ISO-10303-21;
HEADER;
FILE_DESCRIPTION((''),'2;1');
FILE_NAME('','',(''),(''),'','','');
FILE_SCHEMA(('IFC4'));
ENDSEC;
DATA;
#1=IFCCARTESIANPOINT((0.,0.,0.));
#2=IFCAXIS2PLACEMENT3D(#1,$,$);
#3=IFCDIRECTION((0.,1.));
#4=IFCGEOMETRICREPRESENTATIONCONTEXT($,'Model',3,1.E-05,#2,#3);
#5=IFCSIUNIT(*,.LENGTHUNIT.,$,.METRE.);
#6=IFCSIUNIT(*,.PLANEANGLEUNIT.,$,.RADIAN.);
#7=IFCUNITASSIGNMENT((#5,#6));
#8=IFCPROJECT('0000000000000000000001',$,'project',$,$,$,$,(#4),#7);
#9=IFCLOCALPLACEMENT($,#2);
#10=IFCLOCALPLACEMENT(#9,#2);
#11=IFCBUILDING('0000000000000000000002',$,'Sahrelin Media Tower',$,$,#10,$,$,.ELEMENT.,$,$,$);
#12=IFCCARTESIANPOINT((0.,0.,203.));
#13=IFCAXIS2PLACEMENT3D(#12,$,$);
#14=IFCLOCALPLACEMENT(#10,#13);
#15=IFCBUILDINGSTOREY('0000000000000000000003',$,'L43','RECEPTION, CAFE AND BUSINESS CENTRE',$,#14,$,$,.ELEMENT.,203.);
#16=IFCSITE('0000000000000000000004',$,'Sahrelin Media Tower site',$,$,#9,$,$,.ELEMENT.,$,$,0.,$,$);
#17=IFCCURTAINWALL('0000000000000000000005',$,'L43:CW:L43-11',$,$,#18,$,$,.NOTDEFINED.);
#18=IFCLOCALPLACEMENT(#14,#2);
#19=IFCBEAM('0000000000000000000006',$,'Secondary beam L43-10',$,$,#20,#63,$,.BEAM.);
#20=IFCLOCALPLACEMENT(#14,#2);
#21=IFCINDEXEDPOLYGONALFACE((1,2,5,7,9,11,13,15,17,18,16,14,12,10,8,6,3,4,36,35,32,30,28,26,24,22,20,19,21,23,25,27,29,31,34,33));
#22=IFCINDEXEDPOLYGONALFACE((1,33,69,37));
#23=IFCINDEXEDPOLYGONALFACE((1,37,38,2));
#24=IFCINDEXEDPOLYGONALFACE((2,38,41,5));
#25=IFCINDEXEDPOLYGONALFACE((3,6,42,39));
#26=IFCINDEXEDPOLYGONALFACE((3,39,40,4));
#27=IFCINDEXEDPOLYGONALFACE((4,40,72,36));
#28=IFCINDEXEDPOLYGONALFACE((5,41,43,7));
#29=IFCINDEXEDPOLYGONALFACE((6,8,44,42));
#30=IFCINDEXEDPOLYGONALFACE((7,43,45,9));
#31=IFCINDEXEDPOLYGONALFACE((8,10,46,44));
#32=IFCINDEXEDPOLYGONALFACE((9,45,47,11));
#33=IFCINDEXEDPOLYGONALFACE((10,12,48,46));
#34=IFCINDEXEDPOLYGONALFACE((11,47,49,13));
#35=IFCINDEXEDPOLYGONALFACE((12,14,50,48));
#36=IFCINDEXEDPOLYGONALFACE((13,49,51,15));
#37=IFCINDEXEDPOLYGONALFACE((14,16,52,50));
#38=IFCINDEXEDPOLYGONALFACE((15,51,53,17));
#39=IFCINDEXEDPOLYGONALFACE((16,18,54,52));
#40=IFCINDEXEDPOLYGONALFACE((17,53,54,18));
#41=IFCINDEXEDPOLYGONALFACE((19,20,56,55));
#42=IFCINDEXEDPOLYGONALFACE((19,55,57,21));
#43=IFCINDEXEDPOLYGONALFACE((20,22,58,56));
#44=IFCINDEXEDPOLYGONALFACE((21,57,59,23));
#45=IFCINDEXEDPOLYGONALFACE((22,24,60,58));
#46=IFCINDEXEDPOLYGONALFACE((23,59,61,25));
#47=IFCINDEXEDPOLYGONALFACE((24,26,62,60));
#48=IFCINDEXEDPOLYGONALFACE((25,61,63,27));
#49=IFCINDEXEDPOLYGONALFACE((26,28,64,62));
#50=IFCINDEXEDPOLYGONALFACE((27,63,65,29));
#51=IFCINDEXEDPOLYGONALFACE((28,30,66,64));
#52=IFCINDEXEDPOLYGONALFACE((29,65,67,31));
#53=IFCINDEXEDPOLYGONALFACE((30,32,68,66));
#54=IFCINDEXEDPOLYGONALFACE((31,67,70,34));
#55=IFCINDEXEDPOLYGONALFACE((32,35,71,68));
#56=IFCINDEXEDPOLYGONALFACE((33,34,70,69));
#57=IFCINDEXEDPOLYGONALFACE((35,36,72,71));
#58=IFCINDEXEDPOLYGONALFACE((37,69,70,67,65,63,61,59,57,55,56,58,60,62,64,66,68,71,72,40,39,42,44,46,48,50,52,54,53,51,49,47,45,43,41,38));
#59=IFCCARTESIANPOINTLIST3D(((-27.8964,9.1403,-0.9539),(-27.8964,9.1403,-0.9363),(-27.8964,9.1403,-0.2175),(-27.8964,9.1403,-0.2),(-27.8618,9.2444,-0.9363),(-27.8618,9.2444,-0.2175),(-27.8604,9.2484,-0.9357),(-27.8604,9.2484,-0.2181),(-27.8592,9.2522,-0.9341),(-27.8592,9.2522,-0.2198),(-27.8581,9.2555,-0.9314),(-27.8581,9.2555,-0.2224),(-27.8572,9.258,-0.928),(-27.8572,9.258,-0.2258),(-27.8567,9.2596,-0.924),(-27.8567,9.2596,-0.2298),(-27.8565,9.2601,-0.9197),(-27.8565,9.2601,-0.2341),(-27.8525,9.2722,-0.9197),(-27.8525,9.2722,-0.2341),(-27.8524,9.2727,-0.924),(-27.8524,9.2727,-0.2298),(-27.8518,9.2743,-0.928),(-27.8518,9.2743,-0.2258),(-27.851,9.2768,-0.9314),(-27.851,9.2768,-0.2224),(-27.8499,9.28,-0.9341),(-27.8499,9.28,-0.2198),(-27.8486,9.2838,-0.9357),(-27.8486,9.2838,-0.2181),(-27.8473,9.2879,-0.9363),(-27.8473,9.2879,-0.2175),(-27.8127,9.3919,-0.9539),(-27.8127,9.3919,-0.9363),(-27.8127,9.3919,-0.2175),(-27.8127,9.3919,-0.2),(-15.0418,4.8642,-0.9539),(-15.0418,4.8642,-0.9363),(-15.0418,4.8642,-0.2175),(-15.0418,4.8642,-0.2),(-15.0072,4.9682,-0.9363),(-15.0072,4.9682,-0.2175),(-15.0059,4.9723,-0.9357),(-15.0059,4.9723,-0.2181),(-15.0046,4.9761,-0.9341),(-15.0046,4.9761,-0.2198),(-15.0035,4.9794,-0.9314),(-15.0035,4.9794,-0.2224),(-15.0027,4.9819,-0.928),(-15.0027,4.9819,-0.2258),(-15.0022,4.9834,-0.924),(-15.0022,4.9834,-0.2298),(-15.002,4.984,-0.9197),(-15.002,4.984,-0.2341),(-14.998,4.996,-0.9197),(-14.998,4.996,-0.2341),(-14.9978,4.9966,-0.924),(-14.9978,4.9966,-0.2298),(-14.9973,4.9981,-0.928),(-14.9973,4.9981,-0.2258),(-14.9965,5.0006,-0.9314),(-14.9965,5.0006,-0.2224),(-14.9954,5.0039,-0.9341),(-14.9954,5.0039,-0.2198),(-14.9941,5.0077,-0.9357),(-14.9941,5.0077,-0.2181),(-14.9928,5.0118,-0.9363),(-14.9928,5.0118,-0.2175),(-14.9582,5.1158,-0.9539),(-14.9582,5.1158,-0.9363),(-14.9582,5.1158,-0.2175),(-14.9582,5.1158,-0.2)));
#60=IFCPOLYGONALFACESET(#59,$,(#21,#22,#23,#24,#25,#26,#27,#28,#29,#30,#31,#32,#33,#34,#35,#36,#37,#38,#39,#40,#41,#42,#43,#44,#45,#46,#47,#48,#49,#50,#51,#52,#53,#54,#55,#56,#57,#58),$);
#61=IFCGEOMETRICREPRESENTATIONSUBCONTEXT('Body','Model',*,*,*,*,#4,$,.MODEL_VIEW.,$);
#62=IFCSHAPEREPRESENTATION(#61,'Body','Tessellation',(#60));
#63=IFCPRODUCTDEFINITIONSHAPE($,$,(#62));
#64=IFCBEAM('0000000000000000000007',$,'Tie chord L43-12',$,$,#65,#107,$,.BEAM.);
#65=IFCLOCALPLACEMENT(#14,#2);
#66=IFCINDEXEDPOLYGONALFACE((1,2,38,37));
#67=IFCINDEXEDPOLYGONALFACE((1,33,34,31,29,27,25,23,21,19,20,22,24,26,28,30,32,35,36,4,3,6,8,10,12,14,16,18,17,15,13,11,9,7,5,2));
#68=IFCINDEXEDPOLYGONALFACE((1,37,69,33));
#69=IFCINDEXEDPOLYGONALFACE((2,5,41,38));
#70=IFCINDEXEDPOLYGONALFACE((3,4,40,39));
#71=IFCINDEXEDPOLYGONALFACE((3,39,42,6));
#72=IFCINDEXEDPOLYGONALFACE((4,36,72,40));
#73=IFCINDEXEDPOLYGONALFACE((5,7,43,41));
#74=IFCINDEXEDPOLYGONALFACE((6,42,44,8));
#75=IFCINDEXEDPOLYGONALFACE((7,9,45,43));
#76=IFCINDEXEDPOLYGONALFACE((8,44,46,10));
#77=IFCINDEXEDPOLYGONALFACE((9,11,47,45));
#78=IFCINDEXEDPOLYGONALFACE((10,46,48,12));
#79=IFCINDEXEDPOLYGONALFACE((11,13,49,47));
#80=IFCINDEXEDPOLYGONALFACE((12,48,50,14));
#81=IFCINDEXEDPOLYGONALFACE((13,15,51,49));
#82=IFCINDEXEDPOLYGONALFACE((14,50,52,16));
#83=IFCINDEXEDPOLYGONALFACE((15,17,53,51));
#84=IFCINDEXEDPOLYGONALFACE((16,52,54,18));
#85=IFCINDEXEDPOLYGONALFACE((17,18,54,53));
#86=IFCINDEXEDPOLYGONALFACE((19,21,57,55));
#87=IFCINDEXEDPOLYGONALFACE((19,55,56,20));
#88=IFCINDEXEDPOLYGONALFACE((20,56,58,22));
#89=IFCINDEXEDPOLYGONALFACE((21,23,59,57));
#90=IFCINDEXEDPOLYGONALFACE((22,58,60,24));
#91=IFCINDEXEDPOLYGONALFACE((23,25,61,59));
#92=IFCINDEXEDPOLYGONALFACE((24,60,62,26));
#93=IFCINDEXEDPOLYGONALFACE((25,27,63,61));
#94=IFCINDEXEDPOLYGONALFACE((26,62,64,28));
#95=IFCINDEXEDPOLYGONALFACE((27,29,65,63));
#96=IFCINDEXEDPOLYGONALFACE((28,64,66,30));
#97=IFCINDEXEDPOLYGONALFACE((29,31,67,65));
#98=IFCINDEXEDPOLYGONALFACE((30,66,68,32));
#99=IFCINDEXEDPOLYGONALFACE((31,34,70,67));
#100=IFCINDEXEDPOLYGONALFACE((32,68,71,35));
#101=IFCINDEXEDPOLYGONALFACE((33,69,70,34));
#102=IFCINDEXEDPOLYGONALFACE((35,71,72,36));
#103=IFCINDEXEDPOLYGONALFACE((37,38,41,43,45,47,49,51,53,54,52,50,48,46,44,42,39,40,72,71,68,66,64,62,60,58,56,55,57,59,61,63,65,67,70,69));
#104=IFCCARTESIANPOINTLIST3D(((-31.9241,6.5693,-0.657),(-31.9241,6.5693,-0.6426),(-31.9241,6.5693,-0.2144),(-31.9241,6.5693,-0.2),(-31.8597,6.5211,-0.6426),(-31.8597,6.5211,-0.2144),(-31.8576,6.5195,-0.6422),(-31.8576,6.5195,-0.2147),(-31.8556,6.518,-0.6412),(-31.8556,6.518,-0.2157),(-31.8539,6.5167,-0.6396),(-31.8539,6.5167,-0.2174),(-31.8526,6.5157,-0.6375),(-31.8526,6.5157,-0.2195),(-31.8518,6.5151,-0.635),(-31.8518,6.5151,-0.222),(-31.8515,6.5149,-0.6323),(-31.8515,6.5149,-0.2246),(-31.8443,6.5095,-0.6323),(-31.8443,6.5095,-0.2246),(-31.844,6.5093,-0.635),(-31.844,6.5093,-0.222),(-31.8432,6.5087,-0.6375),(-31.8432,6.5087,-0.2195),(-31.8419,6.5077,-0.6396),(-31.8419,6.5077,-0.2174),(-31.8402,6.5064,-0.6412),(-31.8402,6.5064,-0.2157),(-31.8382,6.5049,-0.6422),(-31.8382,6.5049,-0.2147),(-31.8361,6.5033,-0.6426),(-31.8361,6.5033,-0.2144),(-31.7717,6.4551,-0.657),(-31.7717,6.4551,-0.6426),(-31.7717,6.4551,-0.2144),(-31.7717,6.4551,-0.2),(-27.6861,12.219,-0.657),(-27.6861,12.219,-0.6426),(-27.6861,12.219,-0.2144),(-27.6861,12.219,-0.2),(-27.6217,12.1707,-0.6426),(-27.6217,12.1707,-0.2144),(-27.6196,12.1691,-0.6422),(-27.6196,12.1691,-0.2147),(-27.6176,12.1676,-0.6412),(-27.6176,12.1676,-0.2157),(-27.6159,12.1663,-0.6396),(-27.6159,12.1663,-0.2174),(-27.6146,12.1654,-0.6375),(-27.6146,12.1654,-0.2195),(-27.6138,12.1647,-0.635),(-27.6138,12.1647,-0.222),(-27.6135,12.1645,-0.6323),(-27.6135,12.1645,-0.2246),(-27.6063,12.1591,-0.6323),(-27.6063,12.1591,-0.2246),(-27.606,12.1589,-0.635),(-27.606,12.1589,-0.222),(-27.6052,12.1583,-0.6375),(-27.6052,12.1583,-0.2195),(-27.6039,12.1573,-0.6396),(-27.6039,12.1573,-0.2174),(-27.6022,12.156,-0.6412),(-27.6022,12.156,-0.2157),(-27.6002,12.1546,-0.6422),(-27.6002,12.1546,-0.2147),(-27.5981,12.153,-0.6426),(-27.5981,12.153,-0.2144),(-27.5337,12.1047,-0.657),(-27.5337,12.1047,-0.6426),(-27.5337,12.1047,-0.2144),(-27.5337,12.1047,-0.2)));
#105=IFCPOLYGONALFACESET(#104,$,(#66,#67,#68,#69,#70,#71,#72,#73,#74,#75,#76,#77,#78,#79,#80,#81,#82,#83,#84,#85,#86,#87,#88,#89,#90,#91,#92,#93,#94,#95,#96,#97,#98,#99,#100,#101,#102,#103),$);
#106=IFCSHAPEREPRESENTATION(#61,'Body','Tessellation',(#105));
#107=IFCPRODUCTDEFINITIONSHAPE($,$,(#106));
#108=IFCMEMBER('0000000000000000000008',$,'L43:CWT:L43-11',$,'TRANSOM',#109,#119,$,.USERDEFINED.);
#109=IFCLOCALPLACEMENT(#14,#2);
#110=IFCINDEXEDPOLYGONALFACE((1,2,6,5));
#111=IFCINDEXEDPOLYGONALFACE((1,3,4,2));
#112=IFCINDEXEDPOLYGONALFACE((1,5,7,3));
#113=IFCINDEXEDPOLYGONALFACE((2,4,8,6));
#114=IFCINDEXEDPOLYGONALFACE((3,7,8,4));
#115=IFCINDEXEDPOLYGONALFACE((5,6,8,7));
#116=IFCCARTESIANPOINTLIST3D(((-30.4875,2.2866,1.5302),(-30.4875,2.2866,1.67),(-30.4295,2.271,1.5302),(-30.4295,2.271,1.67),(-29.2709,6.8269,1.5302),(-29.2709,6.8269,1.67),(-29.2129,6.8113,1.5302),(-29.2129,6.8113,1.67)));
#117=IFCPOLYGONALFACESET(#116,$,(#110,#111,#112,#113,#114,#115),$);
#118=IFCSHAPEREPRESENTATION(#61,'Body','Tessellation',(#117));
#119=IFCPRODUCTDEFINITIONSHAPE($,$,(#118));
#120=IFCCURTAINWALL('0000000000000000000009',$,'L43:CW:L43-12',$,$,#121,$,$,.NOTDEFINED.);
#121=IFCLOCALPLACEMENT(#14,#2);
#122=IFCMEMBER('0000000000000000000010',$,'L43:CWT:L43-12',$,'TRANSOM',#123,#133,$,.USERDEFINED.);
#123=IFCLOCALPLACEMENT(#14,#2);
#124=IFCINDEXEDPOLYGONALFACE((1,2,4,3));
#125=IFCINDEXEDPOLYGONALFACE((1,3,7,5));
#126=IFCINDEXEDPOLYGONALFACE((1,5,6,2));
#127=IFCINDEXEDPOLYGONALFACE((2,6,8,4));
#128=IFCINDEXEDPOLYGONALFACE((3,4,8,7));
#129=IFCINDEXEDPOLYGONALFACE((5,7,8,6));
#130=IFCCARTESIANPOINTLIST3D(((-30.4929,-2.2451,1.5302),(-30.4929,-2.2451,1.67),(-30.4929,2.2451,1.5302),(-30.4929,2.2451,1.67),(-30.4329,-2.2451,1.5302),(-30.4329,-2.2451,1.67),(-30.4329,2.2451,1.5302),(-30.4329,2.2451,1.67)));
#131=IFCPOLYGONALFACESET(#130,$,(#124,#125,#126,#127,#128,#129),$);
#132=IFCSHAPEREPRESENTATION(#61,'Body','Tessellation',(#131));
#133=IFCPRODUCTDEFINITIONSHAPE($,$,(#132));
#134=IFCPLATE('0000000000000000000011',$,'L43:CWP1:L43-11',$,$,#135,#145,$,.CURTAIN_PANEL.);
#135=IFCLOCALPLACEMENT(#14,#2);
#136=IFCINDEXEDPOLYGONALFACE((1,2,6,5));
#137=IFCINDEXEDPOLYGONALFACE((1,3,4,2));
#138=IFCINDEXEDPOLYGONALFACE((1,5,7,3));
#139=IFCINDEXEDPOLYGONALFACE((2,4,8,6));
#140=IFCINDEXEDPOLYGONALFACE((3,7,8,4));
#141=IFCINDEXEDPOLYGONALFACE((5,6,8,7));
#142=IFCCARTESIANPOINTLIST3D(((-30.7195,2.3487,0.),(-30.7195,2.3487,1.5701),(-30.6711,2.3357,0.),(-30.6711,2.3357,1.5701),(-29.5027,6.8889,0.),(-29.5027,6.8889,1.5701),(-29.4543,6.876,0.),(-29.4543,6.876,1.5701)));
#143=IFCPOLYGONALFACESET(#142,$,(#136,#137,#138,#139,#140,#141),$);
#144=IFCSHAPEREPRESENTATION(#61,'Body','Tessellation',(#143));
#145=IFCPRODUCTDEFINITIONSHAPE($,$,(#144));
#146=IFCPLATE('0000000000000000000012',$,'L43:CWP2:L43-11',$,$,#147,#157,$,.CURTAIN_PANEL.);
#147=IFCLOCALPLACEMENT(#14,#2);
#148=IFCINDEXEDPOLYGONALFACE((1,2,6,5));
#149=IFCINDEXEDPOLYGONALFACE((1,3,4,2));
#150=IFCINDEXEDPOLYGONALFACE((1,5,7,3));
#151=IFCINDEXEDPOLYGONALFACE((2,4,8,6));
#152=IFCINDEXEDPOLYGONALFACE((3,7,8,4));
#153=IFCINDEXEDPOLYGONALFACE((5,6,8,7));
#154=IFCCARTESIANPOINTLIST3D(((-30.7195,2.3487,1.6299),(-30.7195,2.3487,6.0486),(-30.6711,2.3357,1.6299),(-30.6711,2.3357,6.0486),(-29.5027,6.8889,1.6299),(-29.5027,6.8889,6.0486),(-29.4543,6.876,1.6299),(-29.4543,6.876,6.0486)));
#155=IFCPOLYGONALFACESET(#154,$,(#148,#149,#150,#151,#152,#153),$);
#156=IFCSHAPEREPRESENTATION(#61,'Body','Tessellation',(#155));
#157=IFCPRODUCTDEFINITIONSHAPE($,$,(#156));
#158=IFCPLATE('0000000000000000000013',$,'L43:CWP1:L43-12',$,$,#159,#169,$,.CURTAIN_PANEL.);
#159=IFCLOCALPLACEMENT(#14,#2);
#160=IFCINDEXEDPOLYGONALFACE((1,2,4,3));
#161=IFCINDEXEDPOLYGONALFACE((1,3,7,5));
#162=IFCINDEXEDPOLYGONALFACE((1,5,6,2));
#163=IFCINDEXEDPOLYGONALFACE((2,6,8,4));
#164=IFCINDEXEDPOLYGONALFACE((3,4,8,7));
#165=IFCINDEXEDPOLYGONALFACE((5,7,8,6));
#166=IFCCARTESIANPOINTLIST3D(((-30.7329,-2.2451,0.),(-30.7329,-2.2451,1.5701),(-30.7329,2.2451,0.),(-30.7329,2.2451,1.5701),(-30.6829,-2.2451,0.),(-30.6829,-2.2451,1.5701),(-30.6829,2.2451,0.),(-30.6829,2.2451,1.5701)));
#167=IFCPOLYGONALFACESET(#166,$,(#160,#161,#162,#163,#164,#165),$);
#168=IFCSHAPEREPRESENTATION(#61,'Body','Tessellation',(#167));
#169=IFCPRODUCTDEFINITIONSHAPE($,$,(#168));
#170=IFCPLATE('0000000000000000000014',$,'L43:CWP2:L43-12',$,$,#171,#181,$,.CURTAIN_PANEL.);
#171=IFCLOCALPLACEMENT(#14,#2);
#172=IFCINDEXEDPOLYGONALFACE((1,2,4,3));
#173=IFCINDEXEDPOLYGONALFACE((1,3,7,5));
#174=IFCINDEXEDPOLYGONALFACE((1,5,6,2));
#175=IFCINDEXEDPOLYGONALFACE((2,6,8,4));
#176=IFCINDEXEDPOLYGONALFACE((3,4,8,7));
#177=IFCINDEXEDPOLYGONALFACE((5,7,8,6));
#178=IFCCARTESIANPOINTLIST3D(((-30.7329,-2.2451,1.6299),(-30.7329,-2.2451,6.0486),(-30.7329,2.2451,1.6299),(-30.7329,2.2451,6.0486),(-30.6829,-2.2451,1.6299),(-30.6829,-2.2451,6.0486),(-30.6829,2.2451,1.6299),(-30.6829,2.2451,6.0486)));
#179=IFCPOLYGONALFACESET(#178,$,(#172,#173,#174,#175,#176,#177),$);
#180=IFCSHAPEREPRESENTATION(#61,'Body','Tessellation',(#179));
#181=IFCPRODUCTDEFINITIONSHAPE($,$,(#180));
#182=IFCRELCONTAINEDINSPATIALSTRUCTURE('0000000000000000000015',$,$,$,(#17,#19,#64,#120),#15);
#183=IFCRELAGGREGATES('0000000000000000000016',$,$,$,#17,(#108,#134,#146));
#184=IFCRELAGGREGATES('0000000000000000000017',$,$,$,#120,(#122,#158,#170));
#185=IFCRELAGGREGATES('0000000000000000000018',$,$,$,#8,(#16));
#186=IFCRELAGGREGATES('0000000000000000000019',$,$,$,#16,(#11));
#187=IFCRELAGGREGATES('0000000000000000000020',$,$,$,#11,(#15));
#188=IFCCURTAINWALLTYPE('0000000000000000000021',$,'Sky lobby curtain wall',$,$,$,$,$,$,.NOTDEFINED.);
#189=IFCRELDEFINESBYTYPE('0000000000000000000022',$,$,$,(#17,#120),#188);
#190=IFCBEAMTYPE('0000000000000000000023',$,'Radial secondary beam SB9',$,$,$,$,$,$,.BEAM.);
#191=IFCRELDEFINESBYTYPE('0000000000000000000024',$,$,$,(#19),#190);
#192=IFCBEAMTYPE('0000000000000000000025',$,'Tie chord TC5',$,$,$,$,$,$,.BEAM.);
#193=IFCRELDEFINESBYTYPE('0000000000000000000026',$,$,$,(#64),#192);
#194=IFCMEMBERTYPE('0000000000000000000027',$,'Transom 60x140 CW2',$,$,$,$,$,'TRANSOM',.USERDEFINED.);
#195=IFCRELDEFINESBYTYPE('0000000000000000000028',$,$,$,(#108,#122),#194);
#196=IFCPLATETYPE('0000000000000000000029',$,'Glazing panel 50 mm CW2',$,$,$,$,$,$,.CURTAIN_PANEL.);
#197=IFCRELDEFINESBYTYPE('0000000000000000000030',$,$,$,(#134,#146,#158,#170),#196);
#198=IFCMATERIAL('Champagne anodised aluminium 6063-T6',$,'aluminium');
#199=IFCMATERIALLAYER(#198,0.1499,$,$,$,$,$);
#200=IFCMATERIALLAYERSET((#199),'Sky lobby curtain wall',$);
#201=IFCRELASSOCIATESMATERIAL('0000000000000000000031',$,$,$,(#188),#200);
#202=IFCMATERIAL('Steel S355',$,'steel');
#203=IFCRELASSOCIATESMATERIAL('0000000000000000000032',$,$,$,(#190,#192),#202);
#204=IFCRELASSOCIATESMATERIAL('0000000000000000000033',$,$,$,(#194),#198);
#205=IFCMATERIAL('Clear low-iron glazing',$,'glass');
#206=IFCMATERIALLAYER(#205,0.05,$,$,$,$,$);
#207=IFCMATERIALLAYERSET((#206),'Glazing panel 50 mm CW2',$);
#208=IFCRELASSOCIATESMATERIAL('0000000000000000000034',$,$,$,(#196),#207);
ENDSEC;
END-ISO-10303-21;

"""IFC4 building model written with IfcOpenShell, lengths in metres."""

from ifc_helpers import new_model, si_unit, direction, frame, origin, origin_2d, place, context, subcontext, project, spatial, polyline, rectangle, i_section, outline, extrude, material, layer, layer_set, material_profile, profile_set, type_object, element, aggregate, save


model = new_model("IFC4")

# Units and contexts
model_context = context("Model", 3, precision=1e-05, world=origin(), true_north=direction((0.0, 1.0)))
body_context = subcontext(model_context, "Body", "Model", "MODEL_VIEW")
ifc_project = project(units=[si_unit("LENGTHUNIT", "METRE"), si_unit("PLANEANGLEUNIT", "RADIAN")], contexts=[model_context])

# Site, building, storey
site_placement = place(None, origin())
site = spatial("IfcSite", under=ifc_project, at=site_placement, Name="Sahrelin Media Tower site", CompositionType="ELEMENT", RefElevation=0.0)
building_placement = place(site_placement, origin())
building = spatial("IfcBuilding", under=site, at=building_placement, Name="Sahrelin Media Tower", CompositionType="ELEMENT")
storey_placement = place(building_placement, frame((0.0, 0.0, 203.0)))
storey = spatial("IfcBuildingStorey", under=building, at=storey_placement, Name="L43", Description="RECEPTION, CAFE AND BUSINESS CENTRE", CompositionType="ELEMENT", Elevation=203.0)

# Shared definitions
ifc_material_1 = material(Name="Steel S355", Category="steel")

# Curtain wall
ifc_material_2 = material(Name="Champagne anodised aluminium 6063-T6", Category="aluminium")
ifc_layer_1 = layer(ifc_material_2, 0.1499)
ifc_layer_set_1 = layer_set([ifc_layer_1], Name="Sky lobby curtain wall")
curtain_wall_type = type_object("IfcCurtainWallType", Name="Sky lobby curtain wall", PredefinedType="NOTDEFINED", material=ifc_layer_set_1)
curtain_wall_1_placement = place(storey_placement, frame((-30.0918, 4.6135, 0.0), z_axis=(0.0, 0.0, 1.0), x_axis=(1.0, 0.0, 0.0)))
curtain_wall_1 = element("IfcCurtainWall", 1, at=curtain_wall_1_placement, inside=storey, type_object=curtain_wall_type, Name="L43:CW:L43-11", PredefinedType="NOTDEFINED")

# Beams
ifc_material_profile_1 = material_profile(ifc_material_1, i_section(OverallWidth=0.2651, OverallDepth=0.7539, WebThickness=0.0127, FlangeThickness=0.0176, FilletRadius=0.0166, at=origin_2d()), Name="UB 762x267x147")
ifc_profile_set_1 = profile_set([ifc_material_profile_1], Name="Steel S355")
beam_type_1 = type_object("IfcBeamType", Name="Radial secondary beam SB9", PredefinedType="BEAM", material=ifc_profile_set_1)
beam_1_placement = place(storey_placement, frame((-15.0, 4.99, -0.5769), z_axis=(-0.948876, 0.315649, 0.0), x_axis=(-0.315649, -0.948876, 0.0)))
element("IfcBeam", 2, at=beam_1_placement, inside=storey, type_object=beam_type_1, Name="Secondary beam L43-10", PredefinedType="BEAM", context=body_context, shape_type="SweptSolid", body=[
    extrude(i_section(OverallWidth=0.2651, OverallDepth=0.7539, WebThickness=0.0127, FlangeThickness=0.0176, FilletRadius=0.0166, at=origin_2d()), origin(), (0.0, 0.0, 1.0), 13.5471),
])
ifc_material_profile_2 = material_profile(ifc_material_1, i_section(OverallWidth=0.1904, OverallDepth=0.457, WebThickness=0.009, FlangeThickness=0.0144, FilletRadius=0.0103, at=origin_2d()), Name="UB 457x191x74")
ifc_profile_set_2 = profile_set([ifc_material_profile_2], Name="Steel S355")
beam_type_2 = type_object("IfcBeamType", Name="Tie chord TC5", PredefinedType="BEAM", material=ifc_profile_set_2)
beam_2_placement = place(storey_placement, frame((-31.8479, 6.5122, -0.4285), z_axis=(0.600072, 0.799946, 0.0), x_axis=(-0.799946, 0.600072, 0.0)))
element("IfcBeam", 3, at=beam_2_placement, inside=storey, type_object=beam_type_2, Name="Tie chord L43-12", PredefinedType="BEAM", context=body_context, shape_type="SweptSolid", body=[
    extrude(i_section(OverallWidth=0.1904, OverallDepth=0.457, WebThickness=0.009, FlangeThickness=0.0144, FilletRadius=0.0103, at=origin_2d()), origin(), (0.0, 0.0, 1.0), 7.0625),
])

# Member
ifc_material_profile_3 = material_profile(ifc_material_2, rectangle(XDim=0.0601, YDim=0.1399, at=origin_2d()), Name="Transom 60x140")
ifc_profile_set_3 = profile_set([ifc_material_profile_3], Name="Champagne anodised aluminium 6063-T6")
member_type_1 = type_object("IfcMemberType", Name="Transom 60x140 CW2", ElementType="TRANSOM", PredefinedType="USERDEFINED", material=ifc_profile_set_3)
member_1_placement = place(storey_placement, frame((-29.2419, 6.8191, 1.6001), z_axis=(-0.258817, -0.965926, 0.0), x_axis=(0.965926, -0.258817, 0.0)))
member_1 = element("IfcMember", 4, at=member_1_placement, type_object=member_type_1, Name="L43:CWT:L43-11", ObjectType="TRANSOM", PredefinedType="USERDEFINED", context=body_context, shape_type="SweptSolid", body=[
    extrude(rectangle(XDim=0.0601, YDim=0.1399, at=origin_2d()), origin(), (0.0, 0.0, 1.0), 4.7004),
])

# Curtain wall, member
curtain_wall_2_placement = place(storey_placement, frame((-30.7129, 0.0, 0.0), z_axis=(0.0, 0.0, 1.0), x_axis=(1.0, 0.0, 0.0)))
curtain_wall_2 = element("IfcCurtainWall", 5, at=curtain_wall_2_placement, inside=storey, type_object=curtain_wall_type, Name="L43:CW:L43-12", PredefinedType="NOTDEFINED")
member_2_placement = place(storey_placement, frame((-30.4629, 2.2451, 1.6001), z_axis=(0.0, -1.0, 0.0), x_axis=(1.0, 0.0, 0.0)))
member_2 = element("IfcMember", 6, at=member_2_placement, type_object=member_type_1, Name="L43:CWT:L43-12", ObjectType="TRANSOM", PredefinedType="USERDEFINED", context=body_context, shape_type="SweptSolid", body=[
    extrude(rectangle(XDim=0.0601, YDim=0.1399, at=origin_2d()), origin(), (0.0, 0.0, 1.0), 4.4902),
])

# Plates
ifc_material_3 = material(Name="Clear low-iron glazing", Category="glass")
ifc_layer_2 = layer(ifc_material_3, 0.05)
ifc_layer_set_2 = layer_set([ifc_layer_2], Name="Glazing panel 50 mm CW2")
plate_type = type_object("IfcPlateType", Name="Glazing panel 50 mm CW2", PredefinedType="CURTAIN_PANEL", material=ifc_layer_set_2)
plate_1_placement = place(storey_placement, frame((-29.5027, 6.8889, 0.0), z_axis=(-0.965914, 0.258865, 0.0), x_axis=(-0.258865, -0.965914, 0.0)))
plate_1 = element("IfcPlate", 7, at=plate_1_placement, type_object=plate_type, Name="L43:CWP1:L43-11", PredefinedType="CURTAIN_PANEL", context=body_context, shape_type="SweptSolid", body=[
    extrude(outline(polyline([(0.0, 0.0), (4.7004, 0.0), (4.7004, 1.5701), (0.0, 1.5701), (0.0, 0.0)])), origin(), (0.0, 0.0, -1.0), 0.05),
])
plate_2_placement = place(storey_placement, frame((-29.5027, 6.8889, 1.6299), z_axis=(-0.965914, 0.258865, 0.0), x_axis=(-0.258865, -0.965914, 0.0)))
plate_2 = element("IfcPlate", 8, at=plate_2_placement, type_object=plate_type, Name="L43:CWP2:L43-11", PredefinedType="CURTAIN_PANEL", context=body_context, shape_type="SweptSolid", body=[
    extrude(outline(polyline([(0.0, 0.0), (4.7004, 0.0), (4.7004, 4.4187), (0.0, 4.4187), (0.0, 0.0)])), origin(), (0.0, 0.0, -1.0), 0.05),
])
aggregate(curtain_wall_1, [member_1, plate_1, plate_2])
plate_3_placement = place(storey_placement, frame((-30.7329, 2.2451, 0.0), z_axis=(-1.0, 0.0, 0.0), x_axis=(0.0, -1.0, 0.0)))
plate_3 = element("IfcPlate", 9, at=plate_3_placement, type_object=plate_type, Name="L43:CWP1:L43-12", PredefinedType="CURTAIN_PANEL", context=body_context, shape_type="SweptSolid", body=[
    extrude(outline(polyline([(0.0, 0.0), (4.4902, 0.0), (4.4902, 1.5701), (0.0, 1.5701), (0.0, 0.0)])), origin(), (0.0, 0.0, -1.0), 0.05),
])
plate_4_placement = place(storey_placement, frame((-30.7329, 2.2451, 1.6299), z_axis=(-1.0, 0.0, 0.0), x_axis=(0.0, -1.0, 0.0)))
plate_4 = element("IfcPlate", 10, at=plate_4_placement, type_object=plate_type, Name="L43:CWP2:L43-12", PredefinedType="CURTAIN_PANEL", context=body_context, shape_type="SweptSolid", body=[
    extrude(outline(polyline([(0.0, 0.0), (4.4902, 0.0), (4.4902, 4.4187), (0.0, 4.4187), (0.0, 0.0)])), origin(), (0.0, 0.0, -1.0), 0.05),
])
aggregate(curtain_wall_2, [member_2, plate_3, plate_4])

save(model, "model.ifc")
